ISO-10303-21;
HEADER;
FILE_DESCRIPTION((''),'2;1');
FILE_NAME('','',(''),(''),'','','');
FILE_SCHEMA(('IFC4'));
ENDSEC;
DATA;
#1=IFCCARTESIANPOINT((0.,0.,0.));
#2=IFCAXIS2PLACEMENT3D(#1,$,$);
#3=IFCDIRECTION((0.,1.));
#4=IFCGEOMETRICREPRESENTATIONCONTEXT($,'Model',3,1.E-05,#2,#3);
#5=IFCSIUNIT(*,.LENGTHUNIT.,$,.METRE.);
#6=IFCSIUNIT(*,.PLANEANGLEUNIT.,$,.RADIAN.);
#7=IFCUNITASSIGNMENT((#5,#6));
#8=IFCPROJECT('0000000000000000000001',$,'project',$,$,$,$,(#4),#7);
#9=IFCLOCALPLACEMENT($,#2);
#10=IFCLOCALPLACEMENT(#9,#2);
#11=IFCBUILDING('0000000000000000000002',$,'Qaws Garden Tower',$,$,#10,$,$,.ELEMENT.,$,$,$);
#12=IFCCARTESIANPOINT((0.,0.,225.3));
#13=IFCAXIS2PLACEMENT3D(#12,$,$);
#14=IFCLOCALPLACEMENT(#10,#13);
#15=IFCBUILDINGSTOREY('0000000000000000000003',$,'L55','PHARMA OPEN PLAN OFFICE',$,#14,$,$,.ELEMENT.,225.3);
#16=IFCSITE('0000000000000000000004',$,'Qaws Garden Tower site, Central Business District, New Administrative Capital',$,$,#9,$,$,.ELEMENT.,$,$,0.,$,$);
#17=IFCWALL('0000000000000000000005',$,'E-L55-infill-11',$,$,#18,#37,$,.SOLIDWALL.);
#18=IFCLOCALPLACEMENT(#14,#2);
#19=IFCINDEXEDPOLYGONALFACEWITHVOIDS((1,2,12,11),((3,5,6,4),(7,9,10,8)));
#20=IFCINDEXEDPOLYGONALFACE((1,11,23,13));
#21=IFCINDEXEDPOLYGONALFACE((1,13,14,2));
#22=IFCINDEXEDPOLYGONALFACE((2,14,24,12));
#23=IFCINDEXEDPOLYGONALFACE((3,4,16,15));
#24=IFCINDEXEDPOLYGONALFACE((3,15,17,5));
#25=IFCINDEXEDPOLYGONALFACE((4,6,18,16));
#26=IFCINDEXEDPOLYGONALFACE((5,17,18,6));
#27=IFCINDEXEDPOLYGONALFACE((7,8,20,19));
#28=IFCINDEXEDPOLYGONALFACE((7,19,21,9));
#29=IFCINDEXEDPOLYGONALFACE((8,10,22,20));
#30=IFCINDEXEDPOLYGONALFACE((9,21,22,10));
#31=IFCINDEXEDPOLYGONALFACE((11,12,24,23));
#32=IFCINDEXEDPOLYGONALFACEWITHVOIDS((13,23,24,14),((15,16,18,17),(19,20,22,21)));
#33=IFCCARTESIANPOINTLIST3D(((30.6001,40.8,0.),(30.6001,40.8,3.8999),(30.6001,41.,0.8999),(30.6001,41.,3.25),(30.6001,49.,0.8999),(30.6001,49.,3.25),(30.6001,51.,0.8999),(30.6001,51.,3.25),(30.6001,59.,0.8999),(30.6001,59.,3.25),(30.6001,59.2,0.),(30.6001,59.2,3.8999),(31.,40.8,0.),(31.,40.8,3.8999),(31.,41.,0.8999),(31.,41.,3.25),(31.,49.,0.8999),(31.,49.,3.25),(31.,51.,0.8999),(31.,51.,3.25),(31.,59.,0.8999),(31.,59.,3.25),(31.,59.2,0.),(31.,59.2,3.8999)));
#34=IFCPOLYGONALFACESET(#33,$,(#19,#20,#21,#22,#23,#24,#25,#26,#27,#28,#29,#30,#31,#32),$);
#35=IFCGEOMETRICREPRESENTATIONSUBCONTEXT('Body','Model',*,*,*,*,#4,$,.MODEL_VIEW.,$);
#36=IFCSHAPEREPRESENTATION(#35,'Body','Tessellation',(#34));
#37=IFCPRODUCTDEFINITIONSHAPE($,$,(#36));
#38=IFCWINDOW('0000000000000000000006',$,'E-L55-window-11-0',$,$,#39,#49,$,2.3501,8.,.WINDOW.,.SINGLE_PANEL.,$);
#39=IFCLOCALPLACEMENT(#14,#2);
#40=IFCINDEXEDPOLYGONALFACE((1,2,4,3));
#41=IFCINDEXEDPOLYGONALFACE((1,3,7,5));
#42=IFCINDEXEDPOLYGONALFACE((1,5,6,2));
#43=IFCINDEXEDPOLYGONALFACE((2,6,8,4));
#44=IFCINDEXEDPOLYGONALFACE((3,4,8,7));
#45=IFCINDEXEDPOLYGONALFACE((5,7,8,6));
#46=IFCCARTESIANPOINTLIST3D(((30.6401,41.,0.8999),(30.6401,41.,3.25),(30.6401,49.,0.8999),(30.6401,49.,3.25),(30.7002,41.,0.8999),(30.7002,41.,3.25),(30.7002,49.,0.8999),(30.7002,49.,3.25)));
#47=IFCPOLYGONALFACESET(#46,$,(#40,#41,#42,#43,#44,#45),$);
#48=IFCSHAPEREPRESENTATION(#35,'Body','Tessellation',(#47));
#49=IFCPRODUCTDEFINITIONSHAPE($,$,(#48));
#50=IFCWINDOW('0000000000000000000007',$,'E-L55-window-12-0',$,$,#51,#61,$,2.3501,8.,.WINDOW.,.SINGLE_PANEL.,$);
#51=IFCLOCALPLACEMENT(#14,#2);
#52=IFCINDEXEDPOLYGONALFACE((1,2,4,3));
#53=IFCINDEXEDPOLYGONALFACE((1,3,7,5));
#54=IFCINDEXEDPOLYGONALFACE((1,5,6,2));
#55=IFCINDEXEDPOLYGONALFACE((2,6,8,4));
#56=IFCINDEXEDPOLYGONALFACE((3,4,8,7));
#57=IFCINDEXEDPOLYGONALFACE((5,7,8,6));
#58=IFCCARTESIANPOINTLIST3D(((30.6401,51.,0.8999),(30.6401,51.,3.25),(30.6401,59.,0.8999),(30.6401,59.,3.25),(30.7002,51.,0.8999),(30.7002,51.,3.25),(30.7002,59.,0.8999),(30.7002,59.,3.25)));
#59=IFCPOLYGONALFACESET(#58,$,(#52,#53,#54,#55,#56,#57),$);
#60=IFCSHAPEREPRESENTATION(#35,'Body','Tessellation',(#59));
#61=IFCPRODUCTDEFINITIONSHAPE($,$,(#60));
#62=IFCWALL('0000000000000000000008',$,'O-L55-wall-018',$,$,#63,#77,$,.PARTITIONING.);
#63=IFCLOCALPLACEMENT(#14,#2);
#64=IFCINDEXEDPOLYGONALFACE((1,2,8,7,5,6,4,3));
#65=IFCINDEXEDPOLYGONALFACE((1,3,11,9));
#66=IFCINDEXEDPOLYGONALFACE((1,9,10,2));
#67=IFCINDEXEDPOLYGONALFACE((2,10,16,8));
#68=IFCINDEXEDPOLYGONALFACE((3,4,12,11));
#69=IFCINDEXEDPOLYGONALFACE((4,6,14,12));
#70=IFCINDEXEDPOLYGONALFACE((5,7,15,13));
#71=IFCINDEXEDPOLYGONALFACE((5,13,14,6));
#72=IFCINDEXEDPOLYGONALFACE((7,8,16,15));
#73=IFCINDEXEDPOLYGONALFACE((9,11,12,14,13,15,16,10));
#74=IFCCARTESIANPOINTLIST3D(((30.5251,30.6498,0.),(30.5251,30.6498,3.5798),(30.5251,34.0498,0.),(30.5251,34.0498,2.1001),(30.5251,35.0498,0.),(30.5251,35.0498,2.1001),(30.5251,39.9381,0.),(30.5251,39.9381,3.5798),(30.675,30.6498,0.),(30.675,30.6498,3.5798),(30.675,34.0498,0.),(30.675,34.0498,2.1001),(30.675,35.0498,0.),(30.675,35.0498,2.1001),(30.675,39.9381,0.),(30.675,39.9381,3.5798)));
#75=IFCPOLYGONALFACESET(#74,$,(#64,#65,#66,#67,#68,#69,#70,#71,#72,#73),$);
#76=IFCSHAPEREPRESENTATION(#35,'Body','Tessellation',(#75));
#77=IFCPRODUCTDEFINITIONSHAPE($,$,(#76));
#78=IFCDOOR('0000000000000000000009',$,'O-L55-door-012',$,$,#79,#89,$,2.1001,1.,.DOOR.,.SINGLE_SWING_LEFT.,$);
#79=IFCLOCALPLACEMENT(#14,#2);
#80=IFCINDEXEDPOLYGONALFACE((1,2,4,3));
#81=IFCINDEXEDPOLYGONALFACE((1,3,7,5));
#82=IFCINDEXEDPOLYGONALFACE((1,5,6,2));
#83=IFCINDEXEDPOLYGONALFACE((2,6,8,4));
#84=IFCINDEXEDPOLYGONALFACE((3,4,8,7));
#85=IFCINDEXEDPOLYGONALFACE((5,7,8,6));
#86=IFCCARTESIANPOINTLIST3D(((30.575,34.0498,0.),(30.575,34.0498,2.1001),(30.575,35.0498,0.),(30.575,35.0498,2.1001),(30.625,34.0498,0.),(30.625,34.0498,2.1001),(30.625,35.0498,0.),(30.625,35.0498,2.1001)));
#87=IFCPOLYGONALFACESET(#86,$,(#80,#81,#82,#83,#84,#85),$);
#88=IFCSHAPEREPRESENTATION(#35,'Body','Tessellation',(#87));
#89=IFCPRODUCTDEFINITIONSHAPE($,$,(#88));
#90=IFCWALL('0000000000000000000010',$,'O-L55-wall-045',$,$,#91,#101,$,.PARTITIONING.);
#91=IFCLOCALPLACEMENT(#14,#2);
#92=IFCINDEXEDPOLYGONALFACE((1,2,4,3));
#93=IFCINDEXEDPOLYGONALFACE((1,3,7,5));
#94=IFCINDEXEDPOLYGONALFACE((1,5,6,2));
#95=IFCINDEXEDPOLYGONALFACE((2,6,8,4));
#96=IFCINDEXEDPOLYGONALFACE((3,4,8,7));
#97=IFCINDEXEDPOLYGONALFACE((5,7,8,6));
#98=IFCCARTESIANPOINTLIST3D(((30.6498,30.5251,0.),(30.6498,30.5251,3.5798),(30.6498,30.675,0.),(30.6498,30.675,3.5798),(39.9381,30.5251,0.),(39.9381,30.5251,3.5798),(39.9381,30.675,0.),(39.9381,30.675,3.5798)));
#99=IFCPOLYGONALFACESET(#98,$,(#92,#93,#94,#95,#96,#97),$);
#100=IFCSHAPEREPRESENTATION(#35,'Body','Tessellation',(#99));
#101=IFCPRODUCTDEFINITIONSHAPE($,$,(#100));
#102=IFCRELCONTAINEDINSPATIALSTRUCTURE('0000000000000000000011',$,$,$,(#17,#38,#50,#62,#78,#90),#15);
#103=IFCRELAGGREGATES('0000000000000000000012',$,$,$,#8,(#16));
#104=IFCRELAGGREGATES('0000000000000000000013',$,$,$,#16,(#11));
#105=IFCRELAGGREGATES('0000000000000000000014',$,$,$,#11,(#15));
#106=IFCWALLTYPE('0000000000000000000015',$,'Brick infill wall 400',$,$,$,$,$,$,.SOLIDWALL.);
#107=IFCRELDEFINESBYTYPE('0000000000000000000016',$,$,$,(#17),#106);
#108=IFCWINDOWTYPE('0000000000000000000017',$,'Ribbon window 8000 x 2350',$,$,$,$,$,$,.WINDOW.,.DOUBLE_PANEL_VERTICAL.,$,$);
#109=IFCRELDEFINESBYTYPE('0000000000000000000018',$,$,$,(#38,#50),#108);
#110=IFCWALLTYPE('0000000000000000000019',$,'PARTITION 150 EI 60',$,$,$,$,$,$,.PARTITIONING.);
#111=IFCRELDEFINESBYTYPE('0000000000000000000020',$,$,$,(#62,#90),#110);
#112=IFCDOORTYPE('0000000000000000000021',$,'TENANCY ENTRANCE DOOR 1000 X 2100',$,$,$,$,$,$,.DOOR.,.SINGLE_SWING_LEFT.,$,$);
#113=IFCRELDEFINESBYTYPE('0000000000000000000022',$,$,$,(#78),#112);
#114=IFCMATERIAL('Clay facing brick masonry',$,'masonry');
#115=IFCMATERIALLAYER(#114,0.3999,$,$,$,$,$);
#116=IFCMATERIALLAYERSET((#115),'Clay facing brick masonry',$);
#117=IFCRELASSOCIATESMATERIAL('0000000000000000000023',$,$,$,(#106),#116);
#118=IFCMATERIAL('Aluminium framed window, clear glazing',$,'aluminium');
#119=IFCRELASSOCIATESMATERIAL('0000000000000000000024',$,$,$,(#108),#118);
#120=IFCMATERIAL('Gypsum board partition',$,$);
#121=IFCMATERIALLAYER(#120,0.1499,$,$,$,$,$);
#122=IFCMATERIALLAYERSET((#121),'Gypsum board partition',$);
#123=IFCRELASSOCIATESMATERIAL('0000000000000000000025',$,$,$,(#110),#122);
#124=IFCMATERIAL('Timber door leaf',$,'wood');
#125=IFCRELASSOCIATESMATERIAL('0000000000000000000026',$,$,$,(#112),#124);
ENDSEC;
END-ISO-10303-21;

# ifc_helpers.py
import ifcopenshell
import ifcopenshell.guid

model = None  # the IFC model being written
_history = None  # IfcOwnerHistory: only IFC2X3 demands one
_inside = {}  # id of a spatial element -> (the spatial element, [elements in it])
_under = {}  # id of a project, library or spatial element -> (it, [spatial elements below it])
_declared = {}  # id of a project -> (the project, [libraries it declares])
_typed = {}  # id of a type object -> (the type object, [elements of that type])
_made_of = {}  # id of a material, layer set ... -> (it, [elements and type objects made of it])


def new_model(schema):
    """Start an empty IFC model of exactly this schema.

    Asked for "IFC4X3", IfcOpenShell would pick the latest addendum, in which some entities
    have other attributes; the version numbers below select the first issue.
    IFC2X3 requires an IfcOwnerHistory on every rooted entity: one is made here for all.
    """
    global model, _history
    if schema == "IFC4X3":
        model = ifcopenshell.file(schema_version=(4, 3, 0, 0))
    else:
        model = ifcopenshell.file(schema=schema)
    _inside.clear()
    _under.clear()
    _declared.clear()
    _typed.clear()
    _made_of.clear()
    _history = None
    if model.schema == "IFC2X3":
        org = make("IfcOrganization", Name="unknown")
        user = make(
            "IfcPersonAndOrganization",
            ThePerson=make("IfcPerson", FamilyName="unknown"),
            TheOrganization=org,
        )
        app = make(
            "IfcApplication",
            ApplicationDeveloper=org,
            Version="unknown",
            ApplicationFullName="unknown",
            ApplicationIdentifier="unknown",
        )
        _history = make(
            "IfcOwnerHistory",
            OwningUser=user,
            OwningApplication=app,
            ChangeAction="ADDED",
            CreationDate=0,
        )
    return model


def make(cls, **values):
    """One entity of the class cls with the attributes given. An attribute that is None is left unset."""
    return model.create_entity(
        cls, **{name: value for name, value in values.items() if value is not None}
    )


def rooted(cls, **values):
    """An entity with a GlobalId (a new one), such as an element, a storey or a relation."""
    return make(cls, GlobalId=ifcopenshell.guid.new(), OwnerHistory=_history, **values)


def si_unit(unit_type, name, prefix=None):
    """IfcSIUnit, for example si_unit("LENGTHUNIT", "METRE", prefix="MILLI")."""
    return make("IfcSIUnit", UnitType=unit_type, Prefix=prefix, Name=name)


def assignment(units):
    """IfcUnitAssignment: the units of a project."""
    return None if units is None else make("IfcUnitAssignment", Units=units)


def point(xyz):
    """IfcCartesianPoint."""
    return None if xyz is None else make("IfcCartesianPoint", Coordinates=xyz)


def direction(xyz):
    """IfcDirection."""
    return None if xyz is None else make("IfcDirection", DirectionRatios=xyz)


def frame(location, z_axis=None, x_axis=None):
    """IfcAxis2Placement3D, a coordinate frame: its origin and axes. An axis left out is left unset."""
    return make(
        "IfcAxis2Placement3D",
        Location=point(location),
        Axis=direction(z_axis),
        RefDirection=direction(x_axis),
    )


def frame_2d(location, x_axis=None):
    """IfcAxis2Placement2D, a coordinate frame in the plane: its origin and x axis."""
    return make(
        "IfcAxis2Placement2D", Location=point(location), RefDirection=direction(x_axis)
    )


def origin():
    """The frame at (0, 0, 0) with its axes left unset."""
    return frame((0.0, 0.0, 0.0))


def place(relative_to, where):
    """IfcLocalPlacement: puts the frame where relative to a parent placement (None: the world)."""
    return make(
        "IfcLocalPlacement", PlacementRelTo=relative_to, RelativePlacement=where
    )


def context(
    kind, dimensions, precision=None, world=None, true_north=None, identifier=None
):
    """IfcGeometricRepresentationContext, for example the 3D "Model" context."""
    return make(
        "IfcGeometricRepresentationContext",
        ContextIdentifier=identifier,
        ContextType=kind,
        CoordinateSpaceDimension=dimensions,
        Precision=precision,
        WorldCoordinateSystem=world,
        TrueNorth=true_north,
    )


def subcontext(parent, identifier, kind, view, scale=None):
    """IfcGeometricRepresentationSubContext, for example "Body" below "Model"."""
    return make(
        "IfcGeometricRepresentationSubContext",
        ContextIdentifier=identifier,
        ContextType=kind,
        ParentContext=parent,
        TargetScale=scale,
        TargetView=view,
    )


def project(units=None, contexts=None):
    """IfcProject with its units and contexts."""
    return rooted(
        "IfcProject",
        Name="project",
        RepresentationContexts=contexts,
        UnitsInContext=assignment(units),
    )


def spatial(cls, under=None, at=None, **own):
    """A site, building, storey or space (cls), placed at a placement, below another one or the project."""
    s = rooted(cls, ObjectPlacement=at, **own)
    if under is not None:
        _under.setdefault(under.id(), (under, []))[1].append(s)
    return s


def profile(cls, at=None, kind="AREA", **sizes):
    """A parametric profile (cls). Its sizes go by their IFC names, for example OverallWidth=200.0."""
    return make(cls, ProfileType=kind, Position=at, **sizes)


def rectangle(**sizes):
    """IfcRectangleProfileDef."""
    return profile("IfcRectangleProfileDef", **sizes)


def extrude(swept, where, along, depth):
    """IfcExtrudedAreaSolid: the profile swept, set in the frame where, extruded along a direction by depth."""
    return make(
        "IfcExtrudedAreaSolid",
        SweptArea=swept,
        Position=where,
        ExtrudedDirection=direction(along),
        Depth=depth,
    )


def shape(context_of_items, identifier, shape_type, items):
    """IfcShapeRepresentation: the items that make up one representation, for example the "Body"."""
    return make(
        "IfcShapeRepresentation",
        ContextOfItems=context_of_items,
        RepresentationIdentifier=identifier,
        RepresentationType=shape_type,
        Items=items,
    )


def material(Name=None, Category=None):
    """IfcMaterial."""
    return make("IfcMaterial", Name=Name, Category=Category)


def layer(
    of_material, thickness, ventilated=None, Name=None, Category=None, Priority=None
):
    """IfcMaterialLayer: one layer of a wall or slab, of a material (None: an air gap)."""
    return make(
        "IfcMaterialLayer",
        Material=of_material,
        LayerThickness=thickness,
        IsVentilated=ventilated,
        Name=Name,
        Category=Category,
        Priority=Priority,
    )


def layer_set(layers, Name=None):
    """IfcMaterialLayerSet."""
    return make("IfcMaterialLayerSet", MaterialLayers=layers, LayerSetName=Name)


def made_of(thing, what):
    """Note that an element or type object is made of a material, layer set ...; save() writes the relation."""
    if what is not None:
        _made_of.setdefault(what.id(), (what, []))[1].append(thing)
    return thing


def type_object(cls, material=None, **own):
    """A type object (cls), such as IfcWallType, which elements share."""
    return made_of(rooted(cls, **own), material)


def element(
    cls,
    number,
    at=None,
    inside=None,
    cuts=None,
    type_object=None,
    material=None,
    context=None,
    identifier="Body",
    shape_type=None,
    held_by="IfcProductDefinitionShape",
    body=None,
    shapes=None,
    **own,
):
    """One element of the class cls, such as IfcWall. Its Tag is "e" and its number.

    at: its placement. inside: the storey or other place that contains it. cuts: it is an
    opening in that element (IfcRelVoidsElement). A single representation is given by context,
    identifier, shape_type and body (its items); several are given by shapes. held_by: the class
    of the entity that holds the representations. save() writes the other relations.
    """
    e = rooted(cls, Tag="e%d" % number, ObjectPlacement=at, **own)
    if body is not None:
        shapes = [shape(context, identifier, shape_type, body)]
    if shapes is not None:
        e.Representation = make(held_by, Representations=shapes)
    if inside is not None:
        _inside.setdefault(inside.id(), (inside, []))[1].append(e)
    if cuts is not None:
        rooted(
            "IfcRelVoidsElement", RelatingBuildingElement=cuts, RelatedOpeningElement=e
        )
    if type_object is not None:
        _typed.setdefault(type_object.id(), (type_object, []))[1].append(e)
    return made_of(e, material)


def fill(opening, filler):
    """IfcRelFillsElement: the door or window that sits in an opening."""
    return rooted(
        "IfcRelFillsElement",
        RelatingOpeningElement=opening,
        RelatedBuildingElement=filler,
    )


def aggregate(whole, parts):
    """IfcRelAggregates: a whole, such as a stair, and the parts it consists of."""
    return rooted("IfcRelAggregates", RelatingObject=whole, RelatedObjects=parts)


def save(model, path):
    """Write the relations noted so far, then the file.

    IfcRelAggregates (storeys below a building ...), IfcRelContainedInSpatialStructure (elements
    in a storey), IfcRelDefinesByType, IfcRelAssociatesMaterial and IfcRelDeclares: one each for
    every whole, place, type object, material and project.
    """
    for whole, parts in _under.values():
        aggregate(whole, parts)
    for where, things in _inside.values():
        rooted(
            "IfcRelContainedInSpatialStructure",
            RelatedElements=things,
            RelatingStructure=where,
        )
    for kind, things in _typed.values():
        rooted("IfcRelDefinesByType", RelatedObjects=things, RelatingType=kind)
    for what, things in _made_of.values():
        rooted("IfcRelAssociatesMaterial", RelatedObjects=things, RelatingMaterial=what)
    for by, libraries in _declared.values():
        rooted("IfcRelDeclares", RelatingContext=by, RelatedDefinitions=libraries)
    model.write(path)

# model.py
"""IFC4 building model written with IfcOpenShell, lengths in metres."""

from ifc_helpers import new_model, si_unit, direction, frame, frame_2d, origin, place, context, subcontext, project, spatial, rectangle, extrude, material, layer, layer_set, type_object, element, fill, save


model = new_model("IFC4")

# Units and contexts
model_context = context("Model", 3, precision=1e-05, world=origin(), true_north=direction((0.0, 1.0)))
body_context = subcontext(model_context, "Body", "Model", "MODEL_VIEW")
ifc_project = project(units=[si_unit("LENGTHUNIT", "METRE"), si_unit("PLANEANGLEUNIT", "RADIAN")], contexts=[model_context])

# Site, building, storey
site_placement = place(None, origin())
site = spatial("IfcSite", under=ifc_project, at=site_placement, Name="Qaws Garden Tower site, Central Business District, New Administrative Capital", CompositionType="ELEMENT", RefElevation=0.0)
building_placement = place(site_placement, origin())
building = spatial("IfcBuilding", under=site, at=building_placement, Name="Qaws Garden Tower", CompositionType="ELEMENT")
storey_placement = place(building_placement, frame((0.0, 0.0, 225.3)))
storey = spatial("IfcBuildingStorey", under=building, at=storey_placement, Name="L55", Description="PHARMA OPEN PLAN OFFICE", CompositionType="ELEMENT", Elevation=225.3)

# Shared definitions
ifc_material_1 = material(Name="Clay facing brick masonry", Category="masonry")
ifc_layer_1 = layer(ifc_material_1, 0.3999)
ifc_layer_set_1 = layer_set([ifc_layer_1], Name="Clay facing brick masonry")
wall_type_1 = type_object("IfcWallType", Name="Brick infill wall 400", PredefinedType="SOLIDWALL", material=ifc_layer_set_1)
ifc_material_2 = material(Name="Aluminium framed window, clear glazing", Category="aluminium")
window_type_1 = type_object("IfcWindowType", Name="Ribbon window 8000 x 2350", PartitioningType="DOUBLE_PANEL_VERTICAL", PredefinedType="WINDOW", material=ifc_material_2)

# Wall, openings, windows
wall_1_placement = place(storey_placement, frame((30.8, 40.8, 0.0), z_axis=(0.0, 0.0, 1.0), x_axis=(0.0, 1.0, 0.0)))
wall_1 = element("IfcWall", 1, at=wall_1_placement, inside=storey, type_object=wall_type_1, Name="E-L55-infill-11", PredefinedType="SOLIDWALL", context=body_context, shape_type="SweptSolid", body=[
    extrude(rectangle(XDim=18.3999, YDim=0.3999, at=frame_2d((9.2, 0.0))), origin(), (0.0, 0.0, 1.0), 3.8999),
])
opening_1_placement = place(wall_1_placement, frame((0.2, 0.0, 0.8999)))
opening_1 = element("IfcOpeningElement", 2, at=opening_1_placement, cuts=wall_1, PredefinedType="OPENING", context=body_context, shape_type="SweptSolid", body=[
    extrude(rectangle(XDim=8.0, YDim=2.3501, at=frame_2d((4.0, 1.175))), frame((0.0, 0.21, 0.0), z_axis=(0.0, -1.0, 0.0), x_axis=(1.0, 0.0, 0.0)), (0.0, 0.0, 1.0), 0.4199),
])
opening_2_placement = place(wall_1_placement, frame((10.2, 0.0, 0.8999)))
opening_2 = element("IfcOpeningElement", 3, at=opening_2_placement, cuts=wall_1, PredefinedType="OPENING", context=body_context, shape_type="SweptSolid", body=[
    extrude(rectangle(XDim=8.0, YDim=2.3501, at=frame_2d((4.0, 1.175))), frame((0.0, 0.21, 0.0), z_axis=(0.0, -1.0, 0.0), x_axis=(1.0, 0.0, 0.0)), (0.0, 0.0, 1.0), 0.4199),
])
window_1_placement = place(opening_1_placement, origin())
window_1 = element("IfcWindow", 4, at=window_1_placement, inside=storey, type_object=window_type_1, Name="E-L55-window-11-0", OverallHeight=2.3501, OverallWidth=8.0, PartitioningType="SINGLE_PANEL", PredefinedType="WINDOW", context=body_context, shape_type="SweptSolid", body=[
    extrude(rectangle(XDim=8.0, YDim=2.3501, at=frame_2d((4.0, 1.175))), frame((0.0, 0.1599, 0.0), z_axis=(0.0, -1.0, 0.0), x_axis=(1.0, 0.0, 0.0)), (0.0, 0.0, 1.0), 0.0601),
])
fill(opening_1, window_1)
window_2_placement = place(opening_2_placement, origin())
window_2 = element("IfcWindow", 5, at=window_2_placement, inside=storey, type_object=window_type_1, Name="E-L55-window-12-0", OverallHeight=2.3501, OverallWidth=8.0, PartitioningType="SINGLE_PANEL", PredefinedType="WINDOW", context=body_context, shape_type="SweptSolid", body=[
    extrude(rectangle(XDim=8.0, YDim=2.3501, at=frame_2d((4.0, 1.175))), frame((0.0, 0.1599, 0.0), z_axis=(0.0, -1.0, 0.0), x_axis=(1.0, 0.0, 0.0)), (0.0, 0.0, 1.0), 0.0601),
])
fill(opening_2, window_2)

# Wall, opening, door
ifc_material_3 = material(Name="Gypsum board partition")
ifc_layer_2 = layer(ifc_material_3, 0.1499)
ifc_layer_set_2 = layer_set([ifc_layer_2], Name="Gypsum board partition")
wall_type_2 = type_object("IfcWallType", Name="PARTITION 150 EI 60", PredefinedType="PARTITIONING", material=ifc_layer_set_2)
wall_2_placement = place(storey_placement, frame((30.6001, 30.6499, 0.0), z_axis=(0.0, 0.0, 1.0), x_axis=(0.0, 1.0, 0.0)))
wall_2 = element("IfcWall", 6, at=wall_2_placement, inside=storey, type_object=wall_type_2, Name="O-L55-wall-018", PredefinedType="PARTITIONING", context=body_context, shape_type="SweptSolid", body=[
    extrude(rectangle(XDim=9.2883, YDim=0.1499, at=frame_2d((4.644, 0.0))), origin(), (0.0, 0.0, 1.0), 3.5798),
])
opening_3_placement = place(wall_2_placement, frame((3.3999, 0.0, 0.0)))
opening_3 = element("IfcOpeningElement", 7, at=opening_3_placement, cuts=wall_2, PredefinedType="OPENING", context=body_context, shape_type="SweptSolid", body=[
    extrude(rectangle(XDim=1.0, YDim=2.1001, at=frame_2d((0.5, 1.05))), frame((0.0, 0.085, 0.0), z_axis=(0.0, -1.0, 0.0), x_axis=(1.0, 0.0, 0.0)), (0.0, 0.0, 1.0), 0.1699),
])
ifc_material_4 = material(Name="Timber door leaf", Category="wood")
door_type = type_object("IfcDoorType", Name="TENANCY ENTRANCE DOOR 1000 X 2100", OperationType="SINGLE_SWING_LEFT", PredefinedType="DOOR", material=ifc_material_4)
door_placement = place(opening_3_placement, frame((1.0, 0.0, 0.0), z_axis=(0.0, 0.0, 1.0), x_axis=(-1.0, 0.0, 0.0)))
door = element("IfcDoor", 8, at=door_placement, inside=storey, type_object=door_type, Name="O-L55-door-012", OperationType="SINGLE_SWING_LEFT", OverallHeight=2.1001, OverallWidth=1.0, PredefinedType="DOOR", context=body_context, shape_type="SweptSolid", body=[
    extrude(rectangle(XDim=1.0, YDim=2.1001, at=frame_2d((0.5, 1.05))), frame((0.0, 0.0249, 0.0), z_axis=(0.0, -1.0, 0.0), x_axis=(1.0, 0.0, 0.0)), (0.0, 0.0, 1.0), 0.05),
])
fill(opening_3, door)

# Wall
wall_3_placement = place(storey_placement, frame((30.6499, 30.6001, 0.0), z_axis=(0.0, 0.0, 1.0), x_axis=(1.0, 0.0, 0.0)))
element("IfcWall", 9, at=wall_3_placement, inside=storey, type_object=wall_type_2, Name="O-L55-wall-045", PredefinedType="PARTITIONING", context=body_context, shape_type="SweptSolid", body=[
    extrude(rectangle(XDim=9.2883, YDim=0.1499, at=frame_2d((4.644, 0.0))), origin(), (0.0, 0.0, 1.0), 3.5798),
])

save(model, "model.ifc")
